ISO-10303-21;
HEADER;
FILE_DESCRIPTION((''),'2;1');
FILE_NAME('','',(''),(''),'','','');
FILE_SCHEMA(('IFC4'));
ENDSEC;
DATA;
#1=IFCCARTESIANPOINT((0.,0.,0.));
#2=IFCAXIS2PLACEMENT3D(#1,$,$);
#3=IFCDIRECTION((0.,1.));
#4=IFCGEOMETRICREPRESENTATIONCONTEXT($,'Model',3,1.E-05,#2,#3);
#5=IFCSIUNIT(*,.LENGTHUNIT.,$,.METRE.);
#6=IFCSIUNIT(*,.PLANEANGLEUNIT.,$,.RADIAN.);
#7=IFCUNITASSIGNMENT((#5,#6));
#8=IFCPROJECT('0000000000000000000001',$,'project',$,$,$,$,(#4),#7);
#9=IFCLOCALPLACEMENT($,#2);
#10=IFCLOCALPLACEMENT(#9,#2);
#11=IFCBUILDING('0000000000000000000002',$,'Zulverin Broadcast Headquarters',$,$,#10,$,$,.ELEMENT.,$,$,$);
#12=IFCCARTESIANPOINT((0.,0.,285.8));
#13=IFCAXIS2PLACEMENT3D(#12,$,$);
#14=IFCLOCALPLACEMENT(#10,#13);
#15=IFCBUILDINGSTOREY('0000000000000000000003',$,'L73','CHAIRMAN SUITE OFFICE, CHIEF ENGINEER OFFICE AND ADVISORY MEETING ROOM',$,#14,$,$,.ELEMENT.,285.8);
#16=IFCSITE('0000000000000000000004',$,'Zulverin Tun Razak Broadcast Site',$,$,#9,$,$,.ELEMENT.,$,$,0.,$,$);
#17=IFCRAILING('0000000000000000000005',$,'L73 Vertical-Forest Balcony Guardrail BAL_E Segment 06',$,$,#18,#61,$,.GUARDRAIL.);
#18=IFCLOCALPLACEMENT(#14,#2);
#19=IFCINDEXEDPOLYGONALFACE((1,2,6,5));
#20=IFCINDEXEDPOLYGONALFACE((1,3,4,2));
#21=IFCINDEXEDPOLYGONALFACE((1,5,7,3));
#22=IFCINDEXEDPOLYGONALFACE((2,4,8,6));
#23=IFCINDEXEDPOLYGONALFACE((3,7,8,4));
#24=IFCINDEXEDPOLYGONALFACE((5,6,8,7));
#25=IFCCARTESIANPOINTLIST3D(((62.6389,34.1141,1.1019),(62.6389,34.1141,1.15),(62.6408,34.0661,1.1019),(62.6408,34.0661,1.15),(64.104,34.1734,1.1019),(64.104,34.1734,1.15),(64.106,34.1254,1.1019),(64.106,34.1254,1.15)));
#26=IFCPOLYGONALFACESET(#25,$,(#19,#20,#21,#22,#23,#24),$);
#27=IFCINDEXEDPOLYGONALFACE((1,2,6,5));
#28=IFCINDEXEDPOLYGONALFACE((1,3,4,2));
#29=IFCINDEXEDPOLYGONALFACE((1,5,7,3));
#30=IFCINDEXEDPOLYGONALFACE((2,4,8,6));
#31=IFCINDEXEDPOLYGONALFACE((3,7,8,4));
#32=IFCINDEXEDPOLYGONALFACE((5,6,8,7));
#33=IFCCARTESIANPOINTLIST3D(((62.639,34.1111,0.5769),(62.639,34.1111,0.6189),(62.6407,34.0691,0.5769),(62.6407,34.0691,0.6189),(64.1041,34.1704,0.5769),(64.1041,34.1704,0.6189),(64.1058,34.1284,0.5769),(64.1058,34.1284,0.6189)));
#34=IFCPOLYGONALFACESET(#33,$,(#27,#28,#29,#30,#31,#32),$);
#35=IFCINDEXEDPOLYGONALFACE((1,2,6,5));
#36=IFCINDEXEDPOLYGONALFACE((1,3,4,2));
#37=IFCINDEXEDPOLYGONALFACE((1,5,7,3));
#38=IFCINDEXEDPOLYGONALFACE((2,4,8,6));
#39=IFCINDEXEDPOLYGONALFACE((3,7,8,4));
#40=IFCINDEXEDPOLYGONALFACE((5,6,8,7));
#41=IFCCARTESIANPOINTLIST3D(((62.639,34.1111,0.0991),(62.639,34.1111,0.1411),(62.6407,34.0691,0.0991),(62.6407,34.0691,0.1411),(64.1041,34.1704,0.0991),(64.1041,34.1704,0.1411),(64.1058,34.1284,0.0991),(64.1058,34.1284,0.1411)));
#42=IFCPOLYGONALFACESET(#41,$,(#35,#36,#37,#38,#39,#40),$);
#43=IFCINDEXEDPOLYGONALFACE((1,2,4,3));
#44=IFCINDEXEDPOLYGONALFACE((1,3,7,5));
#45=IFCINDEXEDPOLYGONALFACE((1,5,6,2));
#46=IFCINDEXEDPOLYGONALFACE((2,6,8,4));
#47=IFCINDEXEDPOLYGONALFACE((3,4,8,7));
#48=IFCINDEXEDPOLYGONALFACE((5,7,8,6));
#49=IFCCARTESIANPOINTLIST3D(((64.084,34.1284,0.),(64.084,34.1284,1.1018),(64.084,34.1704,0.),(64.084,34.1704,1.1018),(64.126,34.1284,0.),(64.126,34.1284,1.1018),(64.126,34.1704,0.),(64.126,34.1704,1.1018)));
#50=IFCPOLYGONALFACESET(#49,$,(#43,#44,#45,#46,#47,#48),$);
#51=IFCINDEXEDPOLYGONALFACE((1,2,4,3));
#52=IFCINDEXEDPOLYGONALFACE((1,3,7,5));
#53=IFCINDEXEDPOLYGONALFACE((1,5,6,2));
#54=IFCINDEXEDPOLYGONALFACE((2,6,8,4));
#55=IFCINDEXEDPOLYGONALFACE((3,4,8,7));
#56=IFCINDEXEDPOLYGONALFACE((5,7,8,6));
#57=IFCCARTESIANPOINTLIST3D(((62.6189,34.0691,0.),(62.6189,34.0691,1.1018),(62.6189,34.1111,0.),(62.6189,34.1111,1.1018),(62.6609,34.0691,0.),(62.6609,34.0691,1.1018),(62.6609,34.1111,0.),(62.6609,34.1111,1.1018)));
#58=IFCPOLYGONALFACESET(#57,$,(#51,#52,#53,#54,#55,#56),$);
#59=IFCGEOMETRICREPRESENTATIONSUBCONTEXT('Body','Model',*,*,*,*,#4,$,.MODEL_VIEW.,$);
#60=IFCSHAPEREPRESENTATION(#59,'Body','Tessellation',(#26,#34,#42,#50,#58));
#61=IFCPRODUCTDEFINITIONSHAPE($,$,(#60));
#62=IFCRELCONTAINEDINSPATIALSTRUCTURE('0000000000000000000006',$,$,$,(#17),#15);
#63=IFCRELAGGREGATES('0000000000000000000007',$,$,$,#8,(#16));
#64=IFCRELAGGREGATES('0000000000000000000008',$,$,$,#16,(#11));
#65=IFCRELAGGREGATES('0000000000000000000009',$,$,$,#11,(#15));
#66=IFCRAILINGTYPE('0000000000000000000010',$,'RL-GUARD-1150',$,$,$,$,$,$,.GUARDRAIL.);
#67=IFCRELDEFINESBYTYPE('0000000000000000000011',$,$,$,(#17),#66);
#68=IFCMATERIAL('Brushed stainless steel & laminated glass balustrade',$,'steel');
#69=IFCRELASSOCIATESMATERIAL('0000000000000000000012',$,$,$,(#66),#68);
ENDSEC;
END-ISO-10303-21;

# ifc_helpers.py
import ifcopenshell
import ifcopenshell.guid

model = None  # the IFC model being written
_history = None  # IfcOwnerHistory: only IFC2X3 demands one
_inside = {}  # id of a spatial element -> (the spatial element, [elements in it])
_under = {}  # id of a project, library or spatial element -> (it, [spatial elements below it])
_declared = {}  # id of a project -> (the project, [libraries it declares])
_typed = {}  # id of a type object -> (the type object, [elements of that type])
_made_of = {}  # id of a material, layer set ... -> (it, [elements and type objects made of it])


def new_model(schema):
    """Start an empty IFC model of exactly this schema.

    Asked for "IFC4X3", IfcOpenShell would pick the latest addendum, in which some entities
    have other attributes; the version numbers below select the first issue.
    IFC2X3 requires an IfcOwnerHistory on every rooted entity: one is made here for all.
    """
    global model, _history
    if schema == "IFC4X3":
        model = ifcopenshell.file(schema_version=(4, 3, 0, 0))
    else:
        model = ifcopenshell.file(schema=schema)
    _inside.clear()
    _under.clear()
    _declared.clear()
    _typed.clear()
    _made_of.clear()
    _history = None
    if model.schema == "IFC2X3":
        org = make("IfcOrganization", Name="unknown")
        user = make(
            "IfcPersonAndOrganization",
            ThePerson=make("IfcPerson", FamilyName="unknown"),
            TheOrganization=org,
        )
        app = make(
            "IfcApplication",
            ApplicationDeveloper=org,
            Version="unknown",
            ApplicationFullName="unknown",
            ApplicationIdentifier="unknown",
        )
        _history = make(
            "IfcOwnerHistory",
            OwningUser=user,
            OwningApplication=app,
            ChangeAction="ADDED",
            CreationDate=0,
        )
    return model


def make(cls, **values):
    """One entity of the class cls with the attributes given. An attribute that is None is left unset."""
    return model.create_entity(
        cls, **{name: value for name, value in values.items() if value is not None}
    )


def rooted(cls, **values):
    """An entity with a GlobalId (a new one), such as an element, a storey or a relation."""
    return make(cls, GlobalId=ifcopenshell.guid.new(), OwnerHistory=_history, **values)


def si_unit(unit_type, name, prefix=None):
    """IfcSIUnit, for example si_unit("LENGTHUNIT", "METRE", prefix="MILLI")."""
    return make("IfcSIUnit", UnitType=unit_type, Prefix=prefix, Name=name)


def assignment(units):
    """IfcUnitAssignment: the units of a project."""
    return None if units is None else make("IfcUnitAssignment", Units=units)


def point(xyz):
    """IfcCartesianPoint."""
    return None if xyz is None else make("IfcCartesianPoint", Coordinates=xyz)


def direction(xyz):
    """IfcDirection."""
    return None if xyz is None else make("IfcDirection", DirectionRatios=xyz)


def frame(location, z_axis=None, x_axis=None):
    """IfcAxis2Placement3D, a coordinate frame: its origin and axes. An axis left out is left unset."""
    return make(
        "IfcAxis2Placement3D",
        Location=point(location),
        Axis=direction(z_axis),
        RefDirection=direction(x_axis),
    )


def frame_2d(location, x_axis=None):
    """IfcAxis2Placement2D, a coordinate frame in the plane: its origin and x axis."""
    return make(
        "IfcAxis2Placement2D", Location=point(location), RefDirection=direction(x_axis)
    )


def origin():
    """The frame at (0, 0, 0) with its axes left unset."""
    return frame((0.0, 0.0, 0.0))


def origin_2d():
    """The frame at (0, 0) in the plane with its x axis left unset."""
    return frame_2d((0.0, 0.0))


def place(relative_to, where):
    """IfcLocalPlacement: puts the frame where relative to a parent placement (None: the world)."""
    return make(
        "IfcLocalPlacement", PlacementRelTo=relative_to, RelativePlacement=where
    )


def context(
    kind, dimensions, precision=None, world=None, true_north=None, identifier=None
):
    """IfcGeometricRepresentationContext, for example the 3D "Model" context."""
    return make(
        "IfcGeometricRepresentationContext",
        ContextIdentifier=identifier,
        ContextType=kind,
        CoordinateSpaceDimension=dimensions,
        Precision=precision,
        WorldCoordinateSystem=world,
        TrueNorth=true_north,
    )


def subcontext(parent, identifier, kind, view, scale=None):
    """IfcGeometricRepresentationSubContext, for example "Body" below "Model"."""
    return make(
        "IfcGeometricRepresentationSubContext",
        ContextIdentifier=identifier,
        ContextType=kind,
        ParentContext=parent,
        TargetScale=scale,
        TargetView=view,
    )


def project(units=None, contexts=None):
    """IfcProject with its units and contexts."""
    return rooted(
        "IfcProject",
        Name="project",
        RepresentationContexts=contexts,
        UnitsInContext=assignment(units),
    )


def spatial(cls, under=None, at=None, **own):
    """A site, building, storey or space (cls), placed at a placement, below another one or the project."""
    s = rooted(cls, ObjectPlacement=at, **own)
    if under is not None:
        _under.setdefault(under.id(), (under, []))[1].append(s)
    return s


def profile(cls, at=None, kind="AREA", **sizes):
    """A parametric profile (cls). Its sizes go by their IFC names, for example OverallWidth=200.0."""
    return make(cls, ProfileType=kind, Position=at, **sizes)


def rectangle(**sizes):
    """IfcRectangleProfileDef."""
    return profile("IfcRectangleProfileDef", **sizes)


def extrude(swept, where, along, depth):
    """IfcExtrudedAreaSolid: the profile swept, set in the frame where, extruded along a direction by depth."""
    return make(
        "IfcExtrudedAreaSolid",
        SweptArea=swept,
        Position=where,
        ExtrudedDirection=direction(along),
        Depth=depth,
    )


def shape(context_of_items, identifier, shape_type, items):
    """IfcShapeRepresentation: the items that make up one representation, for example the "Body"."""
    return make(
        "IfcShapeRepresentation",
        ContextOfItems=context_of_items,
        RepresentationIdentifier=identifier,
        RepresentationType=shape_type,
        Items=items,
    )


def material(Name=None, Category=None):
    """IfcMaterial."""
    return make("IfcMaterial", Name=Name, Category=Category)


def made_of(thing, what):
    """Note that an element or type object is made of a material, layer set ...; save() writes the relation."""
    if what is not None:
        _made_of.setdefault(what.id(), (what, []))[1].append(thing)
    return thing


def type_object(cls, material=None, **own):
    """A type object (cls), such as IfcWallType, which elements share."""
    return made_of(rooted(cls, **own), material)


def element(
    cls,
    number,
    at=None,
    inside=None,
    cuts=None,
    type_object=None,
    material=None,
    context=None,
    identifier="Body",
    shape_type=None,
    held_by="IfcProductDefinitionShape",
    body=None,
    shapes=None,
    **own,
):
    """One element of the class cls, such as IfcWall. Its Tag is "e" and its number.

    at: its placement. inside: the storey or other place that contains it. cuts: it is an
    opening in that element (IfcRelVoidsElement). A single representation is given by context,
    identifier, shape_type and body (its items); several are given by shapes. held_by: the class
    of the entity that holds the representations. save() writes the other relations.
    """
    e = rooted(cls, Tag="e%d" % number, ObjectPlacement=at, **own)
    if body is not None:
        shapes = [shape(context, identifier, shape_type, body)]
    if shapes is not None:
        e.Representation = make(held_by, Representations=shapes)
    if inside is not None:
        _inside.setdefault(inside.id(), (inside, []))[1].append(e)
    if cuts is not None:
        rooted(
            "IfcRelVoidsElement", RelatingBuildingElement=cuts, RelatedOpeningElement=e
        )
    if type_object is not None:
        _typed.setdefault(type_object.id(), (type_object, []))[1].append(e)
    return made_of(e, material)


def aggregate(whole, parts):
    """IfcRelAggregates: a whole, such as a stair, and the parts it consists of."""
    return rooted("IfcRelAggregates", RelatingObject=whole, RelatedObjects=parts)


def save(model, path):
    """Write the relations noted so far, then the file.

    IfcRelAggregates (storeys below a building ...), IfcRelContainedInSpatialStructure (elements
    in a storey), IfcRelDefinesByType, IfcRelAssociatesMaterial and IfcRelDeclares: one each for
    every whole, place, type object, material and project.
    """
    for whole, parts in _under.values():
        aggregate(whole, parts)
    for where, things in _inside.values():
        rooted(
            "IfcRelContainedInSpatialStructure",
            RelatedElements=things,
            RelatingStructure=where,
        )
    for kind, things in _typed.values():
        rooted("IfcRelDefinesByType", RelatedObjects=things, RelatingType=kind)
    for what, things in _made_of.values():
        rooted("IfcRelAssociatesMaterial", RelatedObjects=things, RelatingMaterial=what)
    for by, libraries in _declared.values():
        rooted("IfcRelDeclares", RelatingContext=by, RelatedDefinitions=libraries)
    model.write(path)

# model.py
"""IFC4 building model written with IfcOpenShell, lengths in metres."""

from ifc_helpers import new_model, si_unit, direction, frame, origin, origin_2d, place, context, subcontext, project, spatial, rectangle, extrude, material, type_object, element, save


model = new_model("IFC4")

# Units and contexts
model_context = context("Model", 3, precision=1e-05, world=origin(), true_north=direction((0.0, 1.0)))
body_context = subcontext(model_context, "Body", "Model", "MODEL_VIEW")
ifc_project = project(units=[si_unit("LENGTHUNIT", "METRE"), si_unit("PLANEANGLEUNIT", "RADIAN")], contexts=[model_context])

# Site, building, storey
site_placement = place(None, origin())
site = spatial("IfcSite", under=ifc_project, at=site_placement, Name="Zulverin Tun Razak Broadcast Site", CompositionType="ELEMENT", RefElevation=0.0)
building_placement = place(site_placement, origin())
building = spatial("IfcBuilding", under=site, at=building_placement, Name="Zulverin Broadcast Headquarters", CompositionType="ELEMENT")
storey_placement = place(building_placement, frame((0.0, 0.0, 285.8)))
storey = spatial("IfcBuildingStorey", under=building, at=storey_placement, Name="L73", Description="CHAIRMAN SUITE OFFICE, CHIEF ENGINEER OFFICE AND ADVISORY MEETING ROOM", CompositionType="ELEMENT", Elevation=285.8)

# Railing
ifc_material_1 = material(Name="Brushed stainless steel & laminated glass balustrade", Category="steel")
railing_type = type_object("IfcRailingType", Name="RL-GUARD-1150", PredefinedType="GUARDRAIL", material=ifc_material_1)
railing_1_placement = place(storey_placement, frame((64.105, 34.1494, 0.0)))
element("IfcRailing", 1, at=railing_1_placement, inside=storey, type_object=railing_type, Name="L73 Vertical-Forest Balcony Guardrail BAL_E Segment 06", PredefinedType="GUARDRAIL", context=body_context, shape_type="SweptSolid", body=[
    extrude(rectangle(XDim=0.0481, YDim=0.0481, at=origin_2d()), frame((0.0, 0.0, 1.126), z_axis=(-0.999181, -0.04046, 0.0), x_axis=(0.04046, -0.999181, 0.0)), (0.0, 0.0, 1.0), 1.4663),
    extrude(rectangle(XDim=0.042, YDim=0.042, at=origin_2d()), frame((0.0, 0.0, 0.5979), z_axis=(-0.999181, -0.04046, 0.0), x_axis=(0.04046, -0.999181, 0.0)), (0.0, 0.0, 1.0), 1.4663),
    extrude(rectangle(XDim=0.042, YDim=0.042, at=origin_2d()), frame((0.0, 0.0, 0.1201), z_axis=(-0.999181, -0.04046, 0.0), x_axis=(0.04046, -0.999181, 0.0)), (0.0, 0.0, 1.0), 1.4663),
    extrude(rectangle(XDim=0.042, YDim=0.042, at=origin_2d()), origin(), (0.0, 0.0, 1.0), 1.1018),
    extrude(rectangle(XDim=0.042, YDim=0.042, at=origin_2d()), frame((-1.4651, -0.0593, 0.0)), (0.0, 0.0, 1.0), 1.1018),
])

save(model, "model.ifc")
